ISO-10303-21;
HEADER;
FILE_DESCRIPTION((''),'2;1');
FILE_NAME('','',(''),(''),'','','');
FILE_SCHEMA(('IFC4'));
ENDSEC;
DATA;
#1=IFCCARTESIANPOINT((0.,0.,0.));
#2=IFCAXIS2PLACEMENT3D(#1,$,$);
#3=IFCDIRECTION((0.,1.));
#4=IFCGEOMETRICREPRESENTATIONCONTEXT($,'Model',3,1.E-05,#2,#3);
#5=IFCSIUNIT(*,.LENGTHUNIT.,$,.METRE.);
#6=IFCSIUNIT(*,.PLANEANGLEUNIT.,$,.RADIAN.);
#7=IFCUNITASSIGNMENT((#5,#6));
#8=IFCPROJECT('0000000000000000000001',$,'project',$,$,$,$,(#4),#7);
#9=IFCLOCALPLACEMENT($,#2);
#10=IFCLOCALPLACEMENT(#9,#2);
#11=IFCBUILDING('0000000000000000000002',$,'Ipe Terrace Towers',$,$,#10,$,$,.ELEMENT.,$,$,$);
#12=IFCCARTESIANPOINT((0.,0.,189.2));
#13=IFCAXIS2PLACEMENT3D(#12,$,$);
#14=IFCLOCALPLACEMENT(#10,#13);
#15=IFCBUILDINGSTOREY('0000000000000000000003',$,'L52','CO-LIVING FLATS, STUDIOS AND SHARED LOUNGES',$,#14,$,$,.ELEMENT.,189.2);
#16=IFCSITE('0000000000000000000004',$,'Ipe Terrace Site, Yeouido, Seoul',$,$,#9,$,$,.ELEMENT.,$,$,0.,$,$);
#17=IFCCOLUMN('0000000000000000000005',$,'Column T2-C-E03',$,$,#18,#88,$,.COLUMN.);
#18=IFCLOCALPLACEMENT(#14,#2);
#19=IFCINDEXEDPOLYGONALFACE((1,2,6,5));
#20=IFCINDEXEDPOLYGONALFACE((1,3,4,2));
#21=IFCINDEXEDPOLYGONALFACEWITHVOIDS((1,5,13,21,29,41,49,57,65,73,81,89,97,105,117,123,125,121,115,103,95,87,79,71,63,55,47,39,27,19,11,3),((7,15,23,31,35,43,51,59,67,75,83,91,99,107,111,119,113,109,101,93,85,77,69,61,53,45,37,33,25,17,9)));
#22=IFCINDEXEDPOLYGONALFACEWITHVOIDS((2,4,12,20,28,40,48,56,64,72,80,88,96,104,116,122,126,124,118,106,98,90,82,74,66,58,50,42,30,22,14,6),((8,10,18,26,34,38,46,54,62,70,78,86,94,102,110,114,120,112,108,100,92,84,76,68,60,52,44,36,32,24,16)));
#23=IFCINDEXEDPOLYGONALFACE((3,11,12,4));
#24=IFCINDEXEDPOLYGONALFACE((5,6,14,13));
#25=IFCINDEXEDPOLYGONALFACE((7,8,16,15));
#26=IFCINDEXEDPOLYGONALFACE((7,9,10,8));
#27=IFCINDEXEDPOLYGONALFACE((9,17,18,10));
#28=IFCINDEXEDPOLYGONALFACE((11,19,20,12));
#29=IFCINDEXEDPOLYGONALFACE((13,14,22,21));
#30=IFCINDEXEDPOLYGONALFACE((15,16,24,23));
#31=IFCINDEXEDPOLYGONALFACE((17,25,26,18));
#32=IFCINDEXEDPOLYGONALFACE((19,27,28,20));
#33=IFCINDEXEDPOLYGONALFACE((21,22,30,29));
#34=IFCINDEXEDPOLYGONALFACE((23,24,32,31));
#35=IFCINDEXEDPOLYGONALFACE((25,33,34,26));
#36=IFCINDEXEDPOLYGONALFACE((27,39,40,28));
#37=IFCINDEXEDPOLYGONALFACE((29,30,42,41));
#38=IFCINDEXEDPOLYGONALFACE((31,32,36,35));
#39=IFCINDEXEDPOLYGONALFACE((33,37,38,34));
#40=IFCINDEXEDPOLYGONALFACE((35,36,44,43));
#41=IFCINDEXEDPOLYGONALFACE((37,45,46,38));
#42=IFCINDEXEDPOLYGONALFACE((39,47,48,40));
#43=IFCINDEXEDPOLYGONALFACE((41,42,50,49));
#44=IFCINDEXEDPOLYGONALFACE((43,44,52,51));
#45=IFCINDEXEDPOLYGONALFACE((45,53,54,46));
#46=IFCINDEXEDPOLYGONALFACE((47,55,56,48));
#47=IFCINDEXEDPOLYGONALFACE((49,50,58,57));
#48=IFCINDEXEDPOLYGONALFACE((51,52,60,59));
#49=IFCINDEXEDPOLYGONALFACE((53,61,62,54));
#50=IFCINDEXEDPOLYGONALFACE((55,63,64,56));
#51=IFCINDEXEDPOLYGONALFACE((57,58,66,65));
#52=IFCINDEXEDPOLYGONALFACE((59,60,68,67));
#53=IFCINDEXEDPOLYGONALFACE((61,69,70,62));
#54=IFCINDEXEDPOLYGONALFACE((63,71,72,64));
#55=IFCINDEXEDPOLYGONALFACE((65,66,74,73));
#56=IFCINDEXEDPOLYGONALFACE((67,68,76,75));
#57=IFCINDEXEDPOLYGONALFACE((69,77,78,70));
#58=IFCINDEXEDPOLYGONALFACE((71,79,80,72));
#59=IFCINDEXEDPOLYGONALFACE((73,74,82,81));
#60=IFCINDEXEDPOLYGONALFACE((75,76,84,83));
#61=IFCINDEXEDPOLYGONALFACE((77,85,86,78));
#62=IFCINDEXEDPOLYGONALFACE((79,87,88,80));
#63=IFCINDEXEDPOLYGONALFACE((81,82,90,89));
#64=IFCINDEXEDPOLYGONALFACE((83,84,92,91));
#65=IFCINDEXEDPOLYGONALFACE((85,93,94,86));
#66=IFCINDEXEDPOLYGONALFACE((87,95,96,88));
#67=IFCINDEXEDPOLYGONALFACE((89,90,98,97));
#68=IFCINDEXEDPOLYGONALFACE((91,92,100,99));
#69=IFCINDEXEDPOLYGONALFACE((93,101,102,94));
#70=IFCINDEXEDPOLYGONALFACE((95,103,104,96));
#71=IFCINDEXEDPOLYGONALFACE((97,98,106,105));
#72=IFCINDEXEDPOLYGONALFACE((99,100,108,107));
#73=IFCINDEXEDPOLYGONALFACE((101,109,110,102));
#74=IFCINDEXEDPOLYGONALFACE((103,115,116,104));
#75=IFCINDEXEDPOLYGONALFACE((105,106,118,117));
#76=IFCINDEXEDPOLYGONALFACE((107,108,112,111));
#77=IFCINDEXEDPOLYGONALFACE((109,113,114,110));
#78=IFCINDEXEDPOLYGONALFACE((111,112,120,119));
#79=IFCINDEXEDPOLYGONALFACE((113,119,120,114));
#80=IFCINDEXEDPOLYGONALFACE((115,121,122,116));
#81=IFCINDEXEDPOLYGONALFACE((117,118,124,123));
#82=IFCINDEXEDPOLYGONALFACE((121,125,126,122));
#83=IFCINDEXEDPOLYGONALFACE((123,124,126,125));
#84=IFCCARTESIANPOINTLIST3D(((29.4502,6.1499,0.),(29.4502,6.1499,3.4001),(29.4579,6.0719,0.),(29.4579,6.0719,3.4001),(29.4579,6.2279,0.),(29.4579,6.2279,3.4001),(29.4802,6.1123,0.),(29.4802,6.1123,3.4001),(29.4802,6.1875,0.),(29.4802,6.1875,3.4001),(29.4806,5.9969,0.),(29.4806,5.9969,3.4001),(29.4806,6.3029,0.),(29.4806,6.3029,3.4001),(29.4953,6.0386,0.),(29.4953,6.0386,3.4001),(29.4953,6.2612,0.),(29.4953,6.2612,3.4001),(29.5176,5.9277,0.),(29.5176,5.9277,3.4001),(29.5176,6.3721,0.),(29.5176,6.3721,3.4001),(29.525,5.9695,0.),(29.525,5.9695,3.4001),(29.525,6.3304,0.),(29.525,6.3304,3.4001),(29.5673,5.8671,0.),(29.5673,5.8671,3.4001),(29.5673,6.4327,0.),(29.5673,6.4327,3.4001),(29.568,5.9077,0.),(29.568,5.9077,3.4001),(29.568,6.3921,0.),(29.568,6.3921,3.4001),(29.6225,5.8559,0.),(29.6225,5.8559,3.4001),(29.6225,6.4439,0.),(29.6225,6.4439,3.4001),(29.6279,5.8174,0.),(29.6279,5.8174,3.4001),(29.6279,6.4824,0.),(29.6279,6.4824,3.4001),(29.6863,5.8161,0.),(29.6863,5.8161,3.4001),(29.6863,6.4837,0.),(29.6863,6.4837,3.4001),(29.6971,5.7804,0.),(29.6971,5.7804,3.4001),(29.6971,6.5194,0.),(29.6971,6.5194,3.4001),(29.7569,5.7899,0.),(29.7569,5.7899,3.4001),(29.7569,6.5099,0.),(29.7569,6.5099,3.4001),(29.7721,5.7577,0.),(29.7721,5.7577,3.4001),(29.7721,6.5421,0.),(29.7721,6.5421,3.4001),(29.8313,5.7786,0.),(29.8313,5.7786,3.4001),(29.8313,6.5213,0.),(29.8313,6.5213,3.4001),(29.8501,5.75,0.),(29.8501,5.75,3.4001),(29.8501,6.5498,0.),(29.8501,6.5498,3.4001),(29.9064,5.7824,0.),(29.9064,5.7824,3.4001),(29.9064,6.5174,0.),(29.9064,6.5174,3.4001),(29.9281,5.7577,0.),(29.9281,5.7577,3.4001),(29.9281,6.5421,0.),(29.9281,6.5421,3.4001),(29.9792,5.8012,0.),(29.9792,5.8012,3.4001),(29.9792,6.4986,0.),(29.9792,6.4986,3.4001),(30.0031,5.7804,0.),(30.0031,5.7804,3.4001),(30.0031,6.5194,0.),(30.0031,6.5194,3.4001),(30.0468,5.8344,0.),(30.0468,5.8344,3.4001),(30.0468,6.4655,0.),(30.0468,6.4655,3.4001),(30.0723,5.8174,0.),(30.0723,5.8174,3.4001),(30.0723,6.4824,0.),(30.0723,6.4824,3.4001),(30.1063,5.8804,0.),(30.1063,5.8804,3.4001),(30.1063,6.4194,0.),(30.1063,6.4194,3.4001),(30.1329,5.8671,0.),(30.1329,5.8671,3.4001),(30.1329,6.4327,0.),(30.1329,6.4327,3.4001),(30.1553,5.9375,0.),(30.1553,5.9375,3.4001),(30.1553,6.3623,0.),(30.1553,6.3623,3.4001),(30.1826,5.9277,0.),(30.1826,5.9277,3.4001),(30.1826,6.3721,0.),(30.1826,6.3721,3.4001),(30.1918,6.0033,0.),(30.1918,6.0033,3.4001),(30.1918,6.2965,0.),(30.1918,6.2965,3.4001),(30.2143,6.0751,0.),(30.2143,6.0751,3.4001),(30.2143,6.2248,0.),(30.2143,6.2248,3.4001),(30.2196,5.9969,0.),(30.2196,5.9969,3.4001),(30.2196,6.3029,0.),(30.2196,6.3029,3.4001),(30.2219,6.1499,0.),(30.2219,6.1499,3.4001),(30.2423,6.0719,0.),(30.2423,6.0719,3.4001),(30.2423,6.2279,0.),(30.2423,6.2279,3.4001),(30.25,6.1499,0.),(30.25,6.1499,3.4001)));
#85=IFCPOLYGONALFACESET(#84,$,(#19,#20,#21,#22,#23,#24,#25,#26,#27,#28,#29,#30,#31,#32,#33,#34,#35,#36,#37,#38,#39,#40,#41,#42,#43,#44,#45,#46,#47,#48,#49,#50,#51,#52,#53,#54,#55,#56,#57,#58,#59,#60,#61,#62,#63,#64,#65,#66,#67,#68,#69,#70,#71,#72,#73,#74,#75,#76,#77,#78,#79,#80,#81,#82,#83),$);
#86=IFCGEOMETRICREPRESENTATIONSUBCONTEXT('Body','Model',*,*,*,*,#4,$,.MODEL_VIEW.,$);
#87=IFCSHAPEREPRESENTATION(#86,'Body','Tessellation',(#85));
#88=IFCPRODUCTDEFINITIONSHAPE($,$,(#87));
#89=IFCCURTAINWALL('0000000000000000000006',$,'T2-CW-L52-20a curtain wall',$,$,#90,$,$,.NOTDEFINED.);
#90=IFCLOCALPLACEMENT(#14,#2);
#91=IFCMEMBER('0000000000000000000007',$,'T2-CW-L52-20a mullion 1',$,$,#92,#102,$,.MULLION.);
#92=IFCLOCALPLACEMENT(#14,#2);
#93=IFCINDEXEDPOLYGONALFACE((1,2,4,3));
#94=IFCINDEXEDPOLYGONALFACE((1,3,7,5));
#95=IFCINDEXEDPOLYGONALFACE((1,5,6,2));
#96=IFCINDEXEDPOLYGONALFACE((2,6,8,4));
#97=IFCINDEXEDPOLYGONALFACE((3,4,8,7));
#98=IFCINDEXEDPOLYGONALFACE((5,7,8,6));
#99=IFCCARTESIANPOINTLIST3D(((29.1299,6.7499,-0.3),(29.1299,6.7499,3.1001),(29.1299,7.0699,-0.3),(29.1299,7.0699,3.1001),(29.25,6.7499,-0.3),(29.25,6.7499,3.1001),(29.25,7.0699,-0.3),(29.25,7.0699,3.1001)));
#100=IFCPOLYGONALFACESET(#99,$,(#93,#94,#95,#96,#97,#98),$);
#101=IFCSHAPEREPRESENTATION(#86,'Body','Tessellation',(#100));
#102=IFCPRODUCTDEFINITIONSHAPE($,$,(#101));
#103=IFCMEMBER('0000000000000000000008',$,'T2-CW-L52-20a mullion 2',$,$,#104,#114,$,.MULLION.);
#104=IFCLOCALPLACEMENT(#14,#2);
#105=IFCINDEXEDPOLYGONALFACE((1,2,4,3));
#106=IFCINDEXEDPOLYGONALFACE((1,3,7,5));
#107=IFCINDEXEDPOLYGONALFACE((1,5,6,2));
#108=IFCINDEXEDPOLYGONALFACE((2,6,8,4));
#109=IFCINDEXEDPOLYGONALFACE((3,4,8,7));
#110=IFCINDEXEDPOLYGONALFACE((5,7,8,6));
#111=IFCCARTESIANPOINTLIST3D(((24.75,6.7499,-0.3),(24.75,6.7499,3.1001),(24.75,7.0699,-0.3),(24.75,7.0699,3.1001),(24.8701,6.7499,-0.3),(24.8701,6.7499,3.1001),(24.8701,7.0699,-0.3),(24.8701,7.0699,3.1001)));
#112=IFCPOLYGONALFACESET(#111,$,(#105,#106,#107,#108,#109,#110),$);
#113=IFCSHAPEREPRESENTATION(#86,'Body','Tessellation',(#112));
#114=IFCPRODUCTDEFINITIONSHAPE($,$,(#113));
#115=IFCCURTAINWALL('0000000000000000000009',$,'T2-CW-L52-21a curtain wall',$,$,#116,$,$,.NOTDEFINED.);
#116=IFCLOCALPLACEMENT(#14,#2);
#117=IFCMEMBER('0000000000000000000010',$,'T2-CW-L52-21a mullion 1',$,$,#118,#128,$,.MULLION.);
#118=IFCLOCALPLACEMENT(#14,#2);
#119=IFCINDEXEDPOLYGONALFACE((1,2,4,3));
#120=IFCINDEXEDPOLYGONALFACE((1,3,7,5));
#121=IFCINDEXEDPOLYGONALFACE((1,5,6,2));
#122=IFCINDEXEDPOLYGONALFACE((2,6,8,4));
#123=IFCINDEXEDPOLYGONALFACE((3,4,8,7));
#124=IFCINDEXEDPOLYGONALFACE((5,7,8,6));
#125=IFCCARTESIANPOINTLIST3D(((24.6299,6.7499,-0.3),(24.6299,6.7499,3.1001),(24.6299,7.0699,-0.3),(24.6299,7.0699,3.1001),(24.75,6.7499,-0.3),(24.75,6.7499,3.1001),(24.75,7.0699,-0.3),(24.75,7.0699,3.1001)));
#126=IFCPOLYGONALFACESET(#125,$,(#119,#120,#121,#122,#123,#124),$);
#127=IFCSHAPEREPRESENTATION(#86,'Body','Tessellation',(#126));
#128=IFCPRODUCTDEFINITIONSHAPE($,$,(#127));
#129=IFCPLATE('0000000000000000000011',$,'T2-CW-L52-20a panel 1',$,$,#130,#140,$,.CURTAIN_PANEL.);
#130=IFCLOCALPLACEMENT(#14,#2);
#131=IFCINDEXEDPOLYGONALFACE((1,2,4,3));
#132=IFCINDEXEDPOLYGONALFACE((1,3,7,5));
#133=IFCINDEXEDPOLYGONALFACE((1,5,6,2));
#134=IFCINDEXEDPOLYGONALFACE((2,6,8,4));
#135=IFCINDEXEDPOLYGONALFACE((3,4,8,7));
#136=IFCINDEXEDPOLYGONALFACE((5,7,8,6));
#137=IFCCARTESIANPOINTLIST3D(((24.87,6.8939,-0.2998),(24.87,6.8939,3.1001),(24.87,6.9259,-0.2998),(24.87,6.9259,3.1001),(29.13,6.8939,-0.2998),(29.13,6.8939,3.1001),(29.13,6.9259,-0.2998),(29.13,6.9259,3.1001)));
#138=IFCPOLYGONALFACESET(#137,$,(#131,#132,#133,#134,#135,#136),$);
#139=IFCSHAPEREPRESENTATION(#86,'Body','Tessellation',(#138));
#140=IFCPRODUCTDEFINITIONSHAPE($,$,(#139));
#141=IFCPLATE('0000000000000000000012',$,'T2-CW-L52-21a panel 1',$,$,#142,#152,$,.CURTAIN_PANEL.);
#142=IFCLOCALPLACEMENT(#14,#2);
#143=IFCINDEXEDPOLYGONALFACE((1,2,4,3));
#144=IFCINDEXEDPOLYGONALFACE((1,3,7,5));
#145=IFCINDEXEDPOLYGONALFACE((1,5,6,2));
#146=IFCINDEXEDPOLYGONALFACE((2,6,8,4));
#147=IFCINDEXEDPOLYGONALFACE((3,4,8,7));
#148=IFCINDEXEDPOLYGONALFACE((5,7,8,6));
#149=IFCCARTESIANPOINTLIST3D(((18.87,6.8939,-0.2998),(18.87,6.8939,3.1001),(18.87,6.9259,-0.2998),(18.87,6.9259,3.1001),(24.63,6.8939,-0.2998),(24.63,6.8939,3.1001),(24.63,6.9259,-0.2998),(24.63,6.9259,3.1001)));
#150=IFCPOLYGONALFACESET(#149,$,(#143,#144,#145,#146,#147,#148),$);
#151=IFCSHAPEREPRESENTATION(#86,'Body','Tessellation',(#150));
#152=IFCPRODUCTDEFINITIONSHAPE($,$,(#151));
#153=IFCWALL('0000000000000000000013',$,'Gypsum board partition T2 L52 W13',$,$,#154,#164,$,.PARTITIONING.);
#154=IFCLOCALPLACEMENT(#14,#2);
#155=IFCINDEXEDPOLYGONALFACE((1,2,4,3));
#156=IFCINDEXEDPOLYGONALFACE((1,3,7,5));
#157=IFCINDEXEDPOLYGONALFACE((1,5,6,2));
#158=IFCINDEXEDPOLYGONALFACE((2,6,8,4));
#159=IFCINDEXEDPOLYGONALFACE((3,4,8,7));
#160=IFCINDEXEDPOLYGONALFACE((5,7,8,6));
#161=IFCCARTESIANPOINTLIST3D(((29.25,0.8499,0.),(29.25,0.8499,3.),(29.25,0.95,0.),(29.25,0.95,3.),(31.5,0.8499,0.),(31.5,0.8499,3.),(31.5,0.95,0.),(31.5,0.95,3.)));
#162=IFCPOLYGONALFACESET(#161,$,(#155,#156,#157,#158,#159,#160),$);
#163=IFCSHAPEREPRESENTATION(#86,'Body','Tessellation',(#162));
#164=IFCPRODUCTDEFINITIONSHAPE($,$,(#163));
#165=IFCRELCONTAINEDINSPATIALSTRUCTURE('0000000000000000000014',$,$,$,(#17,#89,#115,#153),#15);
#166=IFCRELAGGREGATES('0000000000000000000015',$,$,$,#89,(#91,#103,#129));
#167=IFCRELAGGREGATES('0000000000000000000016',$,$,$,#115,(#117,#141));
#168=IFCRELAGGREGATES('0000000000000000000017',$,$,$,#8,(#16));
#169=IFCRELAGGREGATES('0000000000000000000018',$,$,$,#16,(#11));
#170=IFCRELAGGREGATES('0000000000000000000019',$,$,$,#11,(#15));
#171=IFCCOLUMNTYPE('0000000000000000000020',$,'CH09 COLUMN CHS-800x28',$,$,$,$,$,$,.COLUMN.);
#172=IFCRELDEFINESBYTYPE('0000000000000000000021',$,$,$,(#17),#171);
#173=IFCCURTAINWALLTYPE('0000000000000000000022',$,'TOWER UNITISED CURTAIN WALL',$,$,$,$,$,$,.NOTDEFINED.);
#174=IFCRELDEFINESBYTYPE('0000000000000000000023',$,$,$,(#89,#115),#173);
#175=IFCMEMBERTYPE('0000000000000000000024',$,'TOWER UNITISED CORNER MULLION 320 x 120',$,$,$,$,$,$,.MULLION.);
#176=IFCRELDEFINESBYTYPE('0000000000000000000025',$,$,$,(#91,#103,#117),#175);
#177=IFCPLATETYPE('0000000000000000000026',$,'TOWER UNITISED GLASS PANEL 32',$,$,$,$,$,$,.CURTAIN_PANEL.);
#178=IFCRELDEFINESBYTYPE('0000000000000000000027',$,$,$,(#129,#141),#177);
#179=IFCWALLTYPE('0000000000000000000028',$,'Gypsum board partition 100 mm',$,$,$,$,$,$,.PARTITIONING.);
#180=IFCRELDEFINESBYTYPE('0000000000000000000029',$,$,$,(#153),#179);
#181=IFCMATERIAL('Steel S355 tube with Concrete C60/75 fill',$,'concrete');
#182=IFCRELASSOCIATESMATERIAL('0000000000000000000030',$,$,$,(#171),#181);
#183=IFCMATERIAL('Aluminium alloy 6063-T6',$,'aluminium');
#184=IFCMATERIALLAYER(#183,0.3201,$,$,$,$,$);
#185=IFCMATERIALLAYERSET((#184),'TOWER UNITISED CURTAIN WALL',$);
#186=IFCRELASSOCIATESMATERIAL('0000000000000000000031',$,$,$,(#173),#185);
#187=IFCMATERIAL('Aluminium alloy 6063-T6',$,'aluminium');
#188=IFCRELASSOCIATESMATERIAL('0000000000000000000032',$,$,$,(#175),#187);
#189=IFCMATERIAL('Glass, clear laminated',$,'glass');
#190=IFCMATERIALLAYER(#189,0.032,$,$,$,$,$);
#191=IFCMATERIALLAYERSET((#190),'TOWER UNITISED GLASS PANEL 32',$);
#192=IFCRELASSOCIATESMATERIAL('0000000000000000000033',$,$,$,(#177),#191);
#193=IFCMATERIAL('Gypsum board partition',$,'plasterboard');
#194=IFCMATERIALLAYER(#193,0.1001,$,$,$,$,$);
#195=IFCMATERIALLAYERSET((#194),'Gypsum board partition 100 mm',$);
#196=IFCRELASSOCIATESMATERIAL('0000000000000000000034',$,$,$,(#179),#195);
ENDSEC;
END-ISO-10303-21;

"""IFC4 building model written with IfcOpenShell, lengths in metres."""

from ifc_helpers import new_model, si_unit, direction, frame, frame_2d, origin, origin_2d, place, context, subcontext, project, spatial, rectangle, hollow_circle, extrude, material, layer, layer_set, material_profile, profile_set, type_object, element, aggregate, save


model = new_model("IFC4")

# Units and contexts
model_context = context("Model", 3, precision=1e-05, world=origin(), true_north=direction((0.0, 1.0)))
body_context = subcontext(model_context, "Body", "Model", "MODEL_VIEW")
ifc_project = project(units=[si_unit("LENGTHUNIT", "METRE"), si_unit("PLANEANGLEUNIT", "RADIAN")], contexts=[model_context])

# Site, building, storey
site_placement = place(None, origin())
site = spatial("IfcSite", under=ifc_project, at=site_placement, Name="Ipe Terrace Site, Yeouido, Seoul", CompositionType="ELEMENT", RefElevation=0.0)
building_placement = place(site_placement, origin())
building = spatial("IfcBuilding", under=site, at=building_placement, Name="Ipe Terrace Towers", CompositionType="ELEMENT")
storey_placement = place(building_placement, frame((0.0, 0.0, 189.2)))
storey = spatial("IfcBuildingStorey", under=building, at=storey_placement, Name="L52", Description="CO-LIVING FLATS, STUDIOS AND SHARED LOUNGES", CompositionType="ELEMENT", Elevation=189.2)

# Column
ifc_material_1 = material(Name="Steel S355 tube with Concrete C60/75 fill", Category="concrete")
ifc_material_profile_1 = material_profile(ifc_material_1, hollow_circle(Radius=0.3999, WallThickness=0.0281, at=origin_2d()), Name="CHS-800x28")
ifc_profile_set_1 = profile_set([ifc_material_profile_1], Name="Steel S355 tube with Concrete C60/75 fill")
column_type = type_object("IfcColumnType", Name="CH09 COLUMN CHS-800x28", PredefinedType="COLUMN", material=ifc_profile_set_1)
column_placement = place(storey_placement, frame((29.8501, 6.1499, 0.0), z_axis=(0.0, 0.0, 1.0), x_axis=(1.0, 0.0, 0.0)))
element("IfcColumn", 1, at=column_placement, inside=storey, type_object=column_type, Name="Column T2-C-E03", PredefinedType="COLUMN", context=body_context, shape_type="SweptSolid", body=[
    extrude(hollow_circle(Radius=0.3999, WallThickness=0.0281, at=origin_2d()), origin(), (0.0, 0.0, 1.0), 3.4001),
])

# Curtain wall, members
ifc_material_2 = material(Name="Aluminium alloy 6063-T6", Category="aluminium")
ifc_layer_1 = layer(ifc_material_2, 0.3201)
ifc_layer_set_1 = layer_set([ifc_layer_1], Name="TOWER UNITISED CURTAIN WALL")
curtain_wall_type = type_object("IfcCurtainWallType", Name="TOWER UNITISED CURTAIN WALL", PredefinedType="NOTDEFINED", material=ifc_layer_set_1)
curtain_wall_1_placement = place(storey_placement, origin())
curtain_wall_1 = element("IfcCurtainWall", 2, at=curtain_wall_1_placement, inside=storey, type_object=curtain_wall_type, Name="T2-CW-L52-20a curtain wall", PredefinedType="NOTDEFINED")
ifc_material_3 = material(Name="Aluminium alloy 6063-T6", Category="aluminium")
ifc_material_profile_2 = material_profile(ifc_material_3, rectangle(XDim=0.3201, YDim=0.1201, at=origin_2d()), Name="TOWER UNITISED CORNER MULLION 320 x 120")
ifc_profile_set_2 = profile_set([ifc_material_profile_2], Name="Aluminium alloy 6063-T6")
member_type = type_object("IfcMemberType", Name="TOWER UNITISED CORNER MULLION 320 x 120", PredefinedType="MULLION", material=ifc_profile_set_2)
member_1_placement = place(storey_placement, frame((29.1899, 6.9099, -0.3), z_axis=(0.0, 0.0, 1.0), x_axis=(0.0, 1.0, 0.0)))
member_1 = element("IfcMember", 3, at=member_1_placement, type_object=member_type, Name="T2-CW-L52-20a mullion 1", PredefinedType="MULLION", context=body_context, shape_type="SweptSolid", body=[
    extrude(rectangle(XDim=0.3201, YDim=0.1201, at=origin_2d()), origin(), (0.0, 0.0, 1.0), 3.4001),
])
member_2_placement = place(storey_placement, frame((24.8101, 6.9099, -0.3), z_axis=(0.0, 0.0, 1.0), x_axis=(0.0, 1.0, 0.0)))
member_2 = element("IfcMember", 4, at=member_2_placement, type_object=member_type, Name="T2-CW-L52-20a mullion 2", PredefinedType="MULLION", context=body_context, shape_type="SweptSolid", body=[
    extrude(rectangle(XDim=0.3201, YDim=0.1201, at=origin_2d()), origin(), (0.0, 0.0, 1.0), 3.4001),
])

# Curtain wall, member
curtain_wall_2_placement = place(storey_placement, origin())
curtain_wall_2 = element("IfcCurtainWall", 5, at=curtain_wall_2_placement, inside=storey, type_object=curtain_wall_type, Name="T2-CW-L52-21a curtain wall", PredefinedType="NOTDEFINED")
member_3_placement = place(storey_placement, frame((24.6899, 6.9099, -0.3), z_axis=(0.0, 0.0, 1.0), x_axis=(0.0, 1.0, 0.0)))
member_3 = element("IfcMember", 6, at=member_3_placement, type_object=member_type, Name="T2-CW-L52-21a mullion 1", PredefinedType="MULLION", context=body_context, shape_type="SweptSolid", body=[
    extrude(rectangle(XDim=0.3201, YDim=0.1201, at=origin_2d()), origin(), (0.0, 0.0, 1.0), 3.4001),
])

# Plates
ifc_material_4 = material(Name="Glass, clear laminated", Category="glass")
ifc_layer_2 = layer(ifc_material_4, 0.032)
ifc_layer_set_2 = layer_set([ifc_layer_2], Name="TOWER UNITISED GLASS PANEL 32")
plate_type = type_object("IfcPlateType", Name="TOWER UNITISED GLASS PANEL 32", PredefinedType="CURTAIN_PANEL", material=ifc_layer_set_2)
plate_1_placement = place(storey_placement, frame((27.0, 6.9099, -0.2998), z_axis=(0.0, 0.0, 1.0), x_axis=(-1.0, 0.0, 0.0)))
plate_1 = element("IfcPlate", 7, at=plate_1_placement, type_object=plate_type, Name="T2-CW-L52-20a panel 1", PredefinedType="CURTAIN_PANEL", context=body_context, shape_type="SweptSolid", body=[
    extrude(rectangle(XDim=4.26, YDim=0.032, at=origin_2d()), origin(), (0.0, 0.0, 1.0), 3.3999),
])
aggregate(curtain_wall_1, [member_1, member_2, plate_1])
plate_2_placement = place(storey_placement, frame((21.75, 6.9099, -0.2998), z_axis=(0.0, 0.0, 1.0), x_axis=(-1.0, 0.0, 0.0)))
plate_2 = element("IfcPlate", 8, at=plate_2_placement, type_object=plate_type, Name="T2-CW-L52-21a panel 1", PredefinedType="CURTAIN_PANEL", context=body_context, shape_type="SweptSolid", body=[
    extrude(rectangle(XDim=5.76, YDim=0.032, at=origin_2d()), origin(), (0.0, 0.0, 1.0), 3.3999),
])
aggregate(curtain_wall_2, [member_3, plate_2])

# Wall
ifc_material_5 = material(Name="Gypsum board partition", Category="plasterboard")
ifc_layer_3 = layer(ifc_material_5, 0.1001)
ifc_layer_set_3 = layer_set([ifc_layer_3], Name="Gypsum board partition 100 mm")
wall_type_1 = type_object("IfcWallType", Name="Gypsum board partition 100 mm", PredefinedType="PARTITIONING", material=ifc_layer_set_3)
wall_1_placement = place(storey_placement, frame((31.5, 0.8999, 0.0), z_axis=(0.0, 0.0, 1.0), x_axis=(-1.0, 0.0, 0.0)))
element("IfcWall", 9, at=wall_1_placement, inside=storey, type_object=wall_type_1, Name="Gypsum board partition T2 L52 W13", PredefinedType="PARTITIONING", context=body_context, shape_type="SweptSolid", body=[
    extrude(rectangle(XDim=2.25, YDim=0.1001, at=frame_2d((1.125, 0.0))), origin(), (0.0, 0.0, 1.0), 3.0),
])

save(model, "model.ifc")
